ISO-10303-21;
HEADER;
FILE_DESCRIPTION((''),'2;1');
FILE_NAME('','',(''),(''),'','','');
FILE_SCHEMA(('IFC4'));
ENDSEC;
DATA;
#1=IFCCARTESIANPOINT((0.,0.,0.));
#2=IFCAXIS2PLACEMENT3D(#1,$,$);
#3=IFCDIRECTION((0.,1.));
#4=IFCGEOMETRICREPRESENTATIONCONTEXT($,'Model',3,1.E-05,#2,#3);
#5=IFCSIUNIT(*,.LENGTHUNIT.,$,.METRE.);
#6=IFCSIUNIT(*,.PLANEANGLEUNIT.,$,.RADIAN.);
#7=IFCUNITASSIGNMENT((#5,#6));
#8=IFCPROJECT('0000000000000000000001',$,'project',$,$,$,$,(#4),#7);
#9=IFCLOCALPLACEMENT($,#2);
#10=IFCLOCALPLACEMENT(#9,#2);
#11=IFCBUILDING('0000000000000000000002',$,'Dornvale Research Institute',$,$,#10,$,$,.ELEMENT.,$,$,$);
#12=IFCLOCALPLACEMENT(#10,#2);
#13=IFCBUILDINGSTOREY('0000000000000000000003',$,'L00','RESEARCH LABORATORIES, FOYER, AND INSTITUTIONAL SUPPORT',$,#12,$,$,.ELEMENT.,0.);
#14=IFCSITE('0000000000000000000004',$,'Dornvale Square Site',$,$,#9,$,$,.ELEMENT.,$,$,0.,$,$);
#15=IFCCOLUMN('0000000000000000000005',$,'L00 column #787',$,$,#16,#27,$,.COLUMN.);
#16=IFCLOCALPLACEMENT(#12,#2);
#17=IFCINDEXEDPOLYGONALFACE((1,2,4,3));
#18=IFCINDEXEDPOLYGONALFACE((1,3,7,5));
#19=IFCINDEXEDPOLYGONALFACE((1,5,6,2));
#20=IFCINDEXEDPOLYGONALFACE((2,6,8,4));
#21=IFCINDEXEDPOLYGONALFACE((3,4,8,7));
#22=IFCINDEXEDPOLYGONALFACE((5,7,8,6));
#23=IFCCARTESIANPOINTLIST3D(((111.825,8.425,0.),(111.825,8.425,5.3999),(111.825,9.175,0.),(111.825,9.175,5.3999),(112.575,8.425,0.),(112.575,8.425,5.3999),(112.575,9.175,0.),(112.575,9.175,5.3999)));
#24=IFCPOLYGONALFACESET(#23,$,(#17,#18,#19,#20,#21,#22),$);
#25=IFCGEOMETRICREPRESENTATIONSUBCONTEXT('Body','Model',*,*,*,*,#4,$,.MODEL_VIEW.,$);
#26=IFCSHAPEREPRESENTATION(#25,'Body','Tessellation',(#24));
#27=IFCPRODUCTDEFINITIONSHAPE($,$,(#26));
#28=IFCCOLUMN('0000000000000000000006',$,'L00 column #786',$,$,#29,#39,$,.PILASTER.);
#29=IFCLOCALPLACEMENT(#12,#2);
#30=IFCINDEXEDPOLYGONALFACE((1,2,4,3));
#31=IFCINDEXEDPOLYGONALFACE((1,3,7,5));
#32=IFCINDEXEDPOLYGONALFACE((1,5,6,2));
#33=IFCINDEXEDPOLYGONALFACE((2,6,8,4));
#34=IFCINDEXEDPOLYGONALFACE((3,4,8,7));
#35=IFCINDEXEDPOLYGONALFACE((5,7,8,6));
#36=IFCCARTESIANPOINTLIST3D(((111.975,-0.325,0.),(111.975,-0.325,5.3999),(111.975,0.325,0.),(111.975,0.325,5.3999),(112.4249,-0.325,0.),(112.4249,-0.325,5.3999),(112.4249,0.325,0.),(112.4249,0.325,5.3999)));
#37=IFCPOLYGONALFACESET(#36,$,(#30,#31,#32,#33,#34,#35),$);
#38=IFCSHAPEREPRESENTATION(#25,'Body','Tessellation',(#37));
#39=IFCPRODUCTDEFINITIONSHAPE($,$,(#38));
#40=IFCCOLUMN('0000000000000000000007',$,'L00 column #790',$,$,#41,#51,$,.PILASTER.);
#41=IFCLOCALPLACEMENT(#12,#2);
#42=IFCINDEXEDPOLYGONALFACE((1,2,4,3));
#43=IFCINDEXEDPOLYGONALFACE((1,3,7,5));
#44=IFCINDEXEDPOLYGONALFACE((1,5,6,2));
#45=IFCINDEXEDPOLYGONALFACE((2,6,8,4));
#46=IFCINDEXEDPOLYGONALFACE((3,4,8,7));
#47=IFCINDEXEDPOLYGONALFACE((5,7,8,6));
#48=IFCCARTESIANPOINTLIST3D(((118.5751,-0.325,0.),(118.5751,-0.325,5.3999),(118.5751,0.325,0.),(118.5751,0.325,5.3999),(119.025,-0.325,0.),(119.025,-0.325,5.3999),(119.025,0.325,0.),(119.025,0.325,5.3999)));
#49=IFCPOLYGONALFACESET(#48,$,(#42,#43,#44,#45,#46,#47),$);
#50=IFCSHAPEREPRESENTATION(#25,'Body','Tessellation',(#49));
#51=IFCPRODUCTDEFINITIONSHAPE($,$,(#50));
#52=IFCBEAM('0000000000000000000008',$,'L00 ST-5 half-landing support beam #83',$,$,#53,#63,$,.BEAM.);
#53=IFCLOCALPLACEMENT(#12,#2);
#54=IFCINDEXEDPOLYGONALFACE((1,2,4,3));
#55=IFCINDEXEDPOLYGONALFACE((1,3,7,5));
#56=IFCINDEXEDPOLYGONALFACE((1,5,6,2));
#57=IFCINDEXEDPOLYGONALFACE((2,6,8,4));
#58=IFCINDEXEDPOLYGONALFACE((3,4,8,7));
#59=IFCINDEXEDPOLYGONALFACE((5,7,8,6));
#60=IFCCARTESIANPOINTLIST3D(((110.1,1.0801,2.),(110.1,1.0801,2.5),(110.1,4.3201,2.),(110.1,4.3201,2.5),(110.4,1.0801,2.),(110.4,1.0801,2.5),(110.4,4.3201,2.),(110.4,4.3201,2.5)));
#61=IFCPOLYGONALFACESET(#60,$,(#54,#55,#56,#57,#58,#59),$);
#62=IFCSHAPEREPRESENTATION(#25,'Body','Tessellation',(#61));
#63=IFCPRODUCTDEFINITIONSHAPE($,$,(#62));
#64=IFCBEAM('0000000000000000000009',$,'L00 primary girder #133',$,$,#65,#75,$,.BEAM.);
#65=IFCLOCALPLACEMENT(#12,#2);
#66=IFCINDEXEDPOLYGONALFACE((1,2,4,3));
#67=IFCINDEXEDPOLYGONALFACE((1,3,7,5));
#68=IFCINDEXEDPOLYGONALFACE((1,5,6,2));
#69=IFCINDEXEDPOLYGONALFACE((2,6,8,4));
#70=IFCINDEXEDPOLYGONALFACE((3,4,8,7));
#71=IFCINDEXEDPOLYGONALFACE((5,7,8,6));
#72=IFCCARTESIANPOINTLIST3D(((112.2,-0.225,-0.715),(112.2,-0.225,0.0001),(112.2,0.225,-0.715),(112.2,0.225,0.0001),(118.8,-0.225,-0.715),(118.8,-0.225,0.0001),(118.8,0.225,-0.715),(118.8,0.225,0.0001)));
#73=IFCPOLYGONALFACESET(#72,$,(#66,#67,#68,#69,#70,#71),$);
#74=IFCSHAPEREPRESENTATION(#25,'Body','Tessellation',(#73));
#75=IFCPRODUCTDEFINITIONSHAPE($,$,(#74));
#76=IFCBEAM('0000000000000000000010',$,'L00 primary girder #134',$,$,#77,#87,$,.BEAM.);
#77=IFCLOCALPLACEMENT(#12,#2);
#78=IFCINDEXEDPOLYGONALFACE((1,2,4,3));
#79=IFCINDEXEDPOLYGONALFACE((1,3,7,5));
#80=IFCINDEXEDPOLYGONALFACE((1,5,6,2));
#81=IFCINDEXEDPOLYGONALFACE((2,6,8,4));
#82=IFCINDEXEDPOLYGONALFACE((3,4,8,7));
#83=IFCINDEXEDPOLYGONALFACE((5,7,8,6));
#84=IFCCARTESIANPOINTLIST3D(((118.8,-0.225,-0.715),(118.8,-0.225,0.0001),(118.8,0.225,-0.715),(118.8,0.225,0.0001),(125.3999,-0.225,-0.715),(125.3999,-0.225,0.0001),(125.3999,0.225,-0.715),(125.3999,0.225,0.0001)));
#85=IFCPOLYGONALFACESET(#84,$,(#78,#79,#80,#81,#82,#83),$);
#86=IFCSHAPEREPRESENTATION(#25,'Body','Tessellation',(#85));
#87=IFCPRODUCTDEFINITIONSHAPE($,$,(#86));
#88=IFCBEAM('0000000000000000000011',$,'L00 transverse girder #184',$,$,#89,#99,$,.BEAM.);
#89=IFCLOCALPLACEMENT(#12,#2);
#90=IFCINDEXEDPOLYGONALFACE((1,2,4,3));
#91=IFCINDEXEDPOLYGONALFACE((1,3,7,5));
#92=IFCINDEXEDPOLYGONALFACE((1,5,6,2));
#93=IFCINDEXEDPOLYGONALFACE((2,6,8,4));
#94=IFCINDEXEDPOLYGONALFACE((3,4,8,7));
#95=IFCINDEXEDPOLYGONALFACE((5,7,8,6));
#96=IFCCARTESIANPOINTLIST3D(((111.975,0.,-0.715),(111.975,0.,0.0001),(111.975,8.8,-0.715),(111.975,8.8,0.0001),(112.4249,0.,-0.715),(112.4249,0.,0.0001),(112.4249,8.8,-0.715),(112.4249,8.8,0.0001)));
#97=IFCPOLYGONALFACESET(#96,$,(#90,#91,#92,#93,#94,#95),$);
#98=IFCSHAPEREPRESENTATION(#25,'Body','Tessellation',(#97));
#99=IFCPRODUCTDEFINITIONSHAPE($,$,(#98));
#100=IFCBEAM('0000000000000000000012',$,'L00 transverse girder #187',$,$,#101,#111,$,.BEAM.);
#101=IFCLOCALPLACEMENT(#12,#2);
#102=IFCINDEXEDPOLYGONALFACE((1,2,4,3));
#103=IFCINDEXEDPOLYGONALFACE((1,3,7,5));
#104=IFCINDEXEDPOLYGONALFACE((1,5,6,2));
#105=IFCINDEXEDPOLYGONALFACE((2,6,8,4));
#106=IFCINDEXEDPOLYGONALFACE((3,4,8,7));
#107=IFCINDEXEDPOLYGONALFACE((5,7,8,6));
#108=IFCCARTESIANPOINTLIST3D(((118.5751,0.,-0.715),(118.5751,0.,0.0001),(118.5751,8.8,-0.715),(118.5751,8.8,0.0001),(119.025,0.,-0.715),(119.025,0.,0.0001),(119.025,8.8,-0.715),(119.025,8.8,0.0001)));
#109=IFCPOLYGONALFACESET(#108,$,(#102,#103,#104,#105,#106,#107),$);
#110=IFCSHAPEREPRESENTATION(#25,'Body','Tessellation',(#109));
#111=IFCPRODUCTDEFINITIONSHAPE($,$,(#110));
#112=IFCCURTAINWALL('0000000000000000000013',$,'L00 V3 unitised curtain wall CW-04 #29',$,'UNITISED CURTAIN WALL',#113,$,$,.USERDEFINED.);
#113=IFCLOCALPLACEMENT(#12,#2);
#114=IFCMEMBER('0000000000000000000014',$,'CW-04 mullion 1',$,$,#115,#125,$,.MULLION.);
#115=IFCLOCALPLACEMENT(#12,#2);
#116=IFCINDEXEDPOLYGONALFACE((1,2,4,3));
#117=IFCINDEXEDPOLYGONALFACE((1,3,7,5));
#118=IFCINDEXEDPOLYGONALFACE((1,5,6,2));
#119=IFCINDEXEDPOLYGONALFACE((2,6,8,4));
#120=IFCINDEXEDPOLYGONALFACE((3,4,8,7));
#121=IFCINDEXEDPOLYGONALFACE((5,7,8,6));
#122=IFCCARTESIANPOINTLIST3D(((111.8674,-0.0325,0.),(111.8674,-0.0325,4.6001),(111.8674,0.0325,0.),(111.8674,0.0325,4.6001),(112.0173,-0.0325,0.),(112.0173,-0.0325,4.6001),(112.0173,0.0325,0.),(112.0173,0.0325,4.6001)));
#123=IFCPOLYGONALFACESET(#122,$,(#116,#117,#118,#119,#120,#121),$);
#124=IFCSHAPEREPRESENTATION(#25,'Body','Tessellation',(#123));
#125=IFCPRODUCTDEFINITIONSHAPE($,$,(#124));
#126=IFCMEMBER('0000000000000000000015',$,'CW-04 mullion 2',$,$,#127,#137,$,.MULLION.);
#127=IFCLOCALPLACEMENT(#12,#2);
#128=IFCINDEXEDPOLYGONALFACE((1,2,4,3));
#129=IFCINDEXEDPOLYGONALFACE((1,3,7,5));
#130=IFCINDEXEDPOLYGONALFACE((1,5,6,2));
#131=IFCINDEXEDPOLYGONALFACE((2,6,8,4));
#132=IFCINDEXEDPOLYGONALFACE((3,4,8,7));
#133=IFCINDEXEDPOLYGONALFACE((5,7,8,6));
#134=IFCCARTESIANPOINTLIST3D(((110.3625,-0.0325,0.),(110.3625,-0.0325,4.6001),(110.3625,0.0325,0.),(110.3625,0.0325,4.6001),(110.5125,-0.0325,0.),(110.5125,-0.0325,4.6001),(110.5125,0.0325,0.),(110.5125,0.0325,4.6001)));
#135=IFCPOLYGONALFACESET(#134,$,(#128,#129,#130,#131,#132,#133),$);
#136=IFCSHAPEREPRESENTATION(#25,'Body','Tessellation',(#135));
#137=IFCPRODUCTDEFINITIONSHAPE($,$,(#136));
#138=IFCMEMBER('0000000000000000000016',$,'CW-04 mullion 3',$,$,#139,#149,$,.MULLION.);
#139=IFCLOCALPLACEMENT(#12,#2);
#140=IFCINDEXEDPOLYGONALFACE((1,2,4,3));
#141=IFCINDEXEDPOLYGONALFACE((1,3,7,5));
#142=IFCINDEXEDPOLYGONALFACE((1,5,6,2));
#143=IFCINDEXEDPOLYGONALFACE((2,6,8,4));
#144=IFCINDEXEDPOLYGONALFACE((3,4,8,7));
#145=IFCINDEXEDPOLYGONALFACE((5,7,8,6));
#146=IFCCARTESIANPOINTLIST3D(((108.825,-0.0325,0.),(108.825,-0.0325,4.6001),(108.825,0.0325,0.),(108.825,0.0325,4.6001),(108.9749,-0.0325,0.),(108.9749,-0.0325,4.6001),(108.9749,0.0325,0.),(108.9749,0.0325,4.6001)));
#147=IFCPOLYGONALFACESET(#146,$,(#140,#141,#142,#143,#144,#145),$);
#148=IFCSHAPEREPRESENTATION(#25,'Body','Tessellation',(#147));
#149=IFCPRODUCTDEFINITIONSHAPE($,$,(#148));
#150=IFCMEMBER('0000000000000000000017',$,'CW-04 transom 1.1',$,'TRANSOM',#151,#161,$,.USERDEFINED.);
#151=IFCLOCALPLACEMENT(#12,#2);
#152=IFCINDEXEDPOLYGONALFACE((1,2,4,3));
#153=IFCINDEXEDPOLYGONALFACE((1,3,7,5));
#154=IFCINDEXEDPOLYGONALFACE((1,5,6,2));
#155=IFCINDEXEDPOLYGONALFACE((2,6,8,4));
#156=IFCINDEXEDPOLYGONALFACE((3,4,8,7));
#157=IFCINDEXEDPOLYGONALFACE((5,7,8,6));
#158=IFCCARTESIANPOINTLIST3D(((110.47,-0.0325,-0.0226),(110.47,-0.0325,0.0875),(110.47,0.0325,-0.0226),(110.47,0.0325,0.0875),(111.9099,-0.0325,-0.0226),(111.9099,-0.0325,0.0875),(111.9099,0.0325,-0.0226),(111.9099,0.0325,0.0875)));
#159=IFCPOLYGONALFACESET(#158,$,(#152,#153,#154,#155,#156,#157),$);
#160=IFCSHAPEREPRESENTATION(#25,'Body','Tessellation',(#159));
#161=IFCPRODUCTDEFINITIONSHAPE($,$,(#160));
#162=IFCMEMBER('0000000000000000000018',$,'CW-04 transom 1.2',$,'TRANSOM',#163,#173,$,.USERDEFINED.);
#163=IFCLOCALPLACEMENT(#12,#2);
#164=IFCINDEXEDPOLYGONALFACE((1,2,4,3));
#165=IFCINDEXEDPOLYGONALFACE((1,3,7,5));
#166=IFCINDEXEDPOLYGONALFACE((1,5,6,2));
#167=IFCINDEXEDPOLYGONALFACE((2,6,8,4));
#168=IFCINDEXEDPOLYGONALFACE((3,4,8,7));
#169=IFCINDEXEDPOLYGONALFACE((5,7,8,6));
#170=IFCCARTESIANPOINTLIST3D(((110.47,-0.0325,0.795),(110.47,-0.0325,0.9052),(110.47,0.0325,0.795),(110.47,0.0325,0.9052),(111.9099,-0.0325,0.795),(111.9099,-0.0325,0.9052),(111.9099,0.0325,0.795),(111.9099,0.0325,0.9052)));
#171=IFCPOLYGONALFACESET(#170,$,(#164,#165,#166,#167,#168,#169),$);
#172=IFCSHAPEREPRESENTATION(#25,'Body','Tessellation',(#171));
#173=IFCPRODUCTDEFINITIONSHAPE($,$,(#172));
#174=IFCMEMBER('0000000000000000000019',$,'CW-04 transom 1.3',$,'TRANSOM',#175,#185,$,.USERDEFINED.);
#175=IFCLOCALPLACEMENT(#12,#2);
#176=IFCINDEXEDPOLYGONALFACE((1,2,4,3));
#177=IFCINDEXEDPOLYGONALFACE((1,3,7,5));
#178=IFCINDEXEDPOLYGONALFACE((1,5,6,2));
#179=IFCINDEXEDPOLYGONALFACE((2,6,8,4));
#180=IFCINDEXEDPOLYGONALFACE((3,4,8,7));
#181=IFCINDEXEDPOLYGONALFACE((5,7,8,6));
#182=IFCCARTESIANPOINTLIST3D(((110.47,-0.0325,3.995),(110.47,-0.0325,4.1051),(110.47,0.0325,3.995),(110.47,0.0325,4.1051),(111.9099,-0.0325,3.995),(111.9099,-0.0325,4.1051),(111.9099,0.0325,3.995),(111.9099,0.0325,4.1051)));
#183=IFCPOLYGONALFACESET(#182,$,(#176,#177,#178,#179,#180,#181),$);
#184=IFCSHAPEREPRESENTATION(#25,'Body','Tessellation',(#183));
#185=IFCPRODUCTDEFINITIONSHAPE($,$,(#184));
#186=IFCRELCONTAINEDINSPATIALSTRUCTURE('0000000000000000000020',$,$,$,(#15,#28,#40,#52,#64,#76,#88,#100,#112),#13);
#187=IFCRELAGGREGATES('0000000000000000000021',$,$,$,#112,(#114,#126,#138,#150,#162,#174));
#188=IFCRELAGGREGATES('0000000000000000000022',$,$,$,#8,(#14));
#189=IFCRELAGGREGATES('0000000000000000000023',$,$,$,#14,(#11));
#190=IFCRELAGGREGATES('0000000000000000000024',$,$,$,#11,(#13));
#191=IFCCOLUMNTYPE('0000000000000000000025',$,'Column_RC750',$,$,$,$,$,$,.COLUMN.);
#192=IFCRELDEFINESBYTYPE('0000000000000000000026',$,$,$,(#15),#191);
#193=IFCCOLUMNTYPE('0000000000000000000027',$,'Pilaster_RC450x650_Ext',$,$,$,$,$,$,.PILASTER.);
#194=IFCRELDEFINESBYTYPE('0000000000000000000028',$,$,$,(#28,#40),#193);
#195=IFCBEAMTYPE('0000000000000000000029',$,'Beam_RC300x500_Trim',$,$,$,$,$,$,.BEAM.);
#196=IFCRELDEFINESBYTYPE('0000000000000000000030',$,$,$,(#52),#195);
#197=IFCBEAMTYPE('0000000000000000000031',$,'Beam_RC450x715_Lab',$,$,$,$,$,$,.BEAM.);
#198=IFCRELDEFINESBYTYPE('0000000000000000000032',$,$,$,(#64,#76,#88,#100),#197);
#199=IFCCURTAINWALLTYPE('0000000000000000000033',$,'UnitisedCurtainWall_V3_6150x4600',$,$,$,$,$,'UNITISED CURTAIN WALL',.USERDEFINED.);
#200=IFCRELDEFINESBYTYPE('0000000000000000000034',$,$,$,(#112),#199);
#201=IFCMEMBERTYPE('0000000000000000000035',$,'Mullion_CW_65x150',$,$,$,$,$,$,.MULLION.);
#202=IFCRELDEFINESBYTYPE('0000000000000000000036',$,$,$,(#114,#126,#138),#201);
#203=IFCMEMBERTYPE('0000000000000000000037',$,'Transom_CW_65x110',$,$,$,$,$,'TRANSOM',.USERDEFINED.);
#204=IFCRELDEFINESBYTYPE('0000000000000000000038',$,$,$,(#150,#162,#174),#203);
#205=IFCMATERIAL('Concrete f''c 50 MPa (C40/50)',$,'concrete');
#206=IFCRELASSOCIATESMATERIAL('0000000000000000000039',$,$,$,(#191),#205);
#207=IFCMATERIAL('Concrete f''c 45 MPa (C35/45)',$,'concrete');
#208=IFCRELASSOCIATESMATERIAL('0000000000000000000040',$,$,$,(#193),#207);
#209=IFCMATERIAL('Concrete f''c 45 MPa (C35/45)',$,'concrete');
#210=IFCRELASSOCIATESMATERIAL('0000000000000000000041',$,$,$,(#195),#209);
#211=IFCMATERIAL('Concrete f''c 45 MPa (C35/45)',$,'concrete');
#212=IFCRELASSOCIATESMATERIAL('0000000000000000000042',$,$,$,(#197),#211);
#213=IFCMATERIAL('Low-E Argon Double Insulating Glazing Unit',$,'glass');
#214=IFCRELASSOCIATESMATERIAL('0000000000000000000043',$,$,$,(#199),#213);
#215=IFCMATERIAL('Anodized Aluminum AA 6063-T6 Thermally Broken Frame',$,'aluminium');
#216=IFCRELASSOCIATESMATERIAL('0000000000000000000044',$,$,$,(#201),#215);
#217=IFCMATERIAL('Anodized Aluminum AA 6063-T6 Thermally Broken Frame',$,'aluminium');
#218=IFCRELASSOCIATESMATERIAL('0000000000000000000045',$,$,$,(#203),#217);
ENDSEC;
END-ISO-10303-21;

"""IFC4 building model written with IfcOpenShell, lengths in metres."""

from ifc_helpers import new_model, si_unit, direction, frame, origin, origin_2d, place, context, subcontext, project, spatial, rectangle, extrude, material, material_profile, profile_set, type_object, element, aggregate, save


model = new_model("IFC4")

# Units and contexts
model_context = context("Model", 3, precision=1e-05, world=origin(), true_north=direction((0.0, 1.0)))
body_context = subcontext(model_context, "Body", "Model", "MODEL_VIEW")
ifc_project = project(units=[si_unit("LENGTHUNIT", "METRE"), si_unit("PLANEANGLEUNIT", "RADIAN")], contexts=[model_context])

# Site, building, storey
site_placement = place(None, origin())
site = spatial("IfcSite", under=ifc_project, at=site_placement, Name="Dornvale Square Site", CompositionType="ELEMENT", RefElevation=0.0)
building_placement = place(site_placement, origin())
building = spatial("IfcBuilding", under=site, at=building_placement, Name="Dornvale Research Institute", CompositionType="ELEMENT")
storey_placement = place(building_placement, origin())
storey = spatial("IfcBuildingStorey", under=building, at=storey_placement, Name="L00", Description="RESEARCH LABORATORIES, FOYER, AND INSTITUTIONAL SUPPORT", CompositionType="ELEMENT", Elevation=0.0)

# Columns
ifc_material_1 = material(Name="Concrete f'c 50 MPa (C40/50)", Category="concrete")
ifc_material_profile_1 = material_profile(ifc_material_1, rectangle(XDim=0.75, YDim=0.75, at=origin_2d()), Name="RC 750x750")
ifc_profile_set_1 = profile_set([ifc_material_profile_1], Name="Concrete f'c 50 MPa (C40/50)")
column_type_1 = type_object("IfcColumnType", Name="Column_RC750", PredefinedType="COLUMN", material=ifc_profile_set_1)
column_placement = place(storey_placement, frame((112.2, 8.8, 0.0), z_axis=(0.0, 0.0, 1.0), x_axis=(1.0, 0.0, 0.0)))
element("IfcColumn", 1, at=column_placement, inside=storey, type_object=column_type_1, Name="L00 column #787", PredefinedType="COLUMN", context=body_context, shape_type="SweptSolid", body=[
    extrude(rectangle(XDim=0.75, YDim=0.75, at=origin_2d()), origin(), (0.0, 0.0, 1.0), 5.3999),
])
ifc_material_2 = material(Name="Concrete f'c 45 MPa (C35/45)", Category="concrete")
ifc_material_profile_2 = material_profile(ifc_material_2, rectangle(XDim=0.45, YDim=0.6499, at=origin_2d()), Name="RC 450x650")
ifc_profile_set_2 = profile_set([ifc_material_profile_2], Name="Concrete f'c 45 MPa (C35/45)")
column_type_2 = type_object("IfcColumnType", Name="Pilaster_RC450x650_Ext", PredefinedType="PILASTER", material=ifc_profile_set_2)
for number, where, z_axis, x_axis, name in (
    (2, (112.2, 0.0, 0.0), (0.0, 0.0, 1.0), (1.0, 0.0, 0.0), "L00 column #786"),
    (3, (118.8, 0.0, 0.0), (0.0, 0.0, 1.0), (1.0, 0.0, 0.0), "L00 column #790"),
):
    element("IfcColumn", number, at=place(storey_placement, frame(where, z_axis=z_axis, x_axis=x_axis)), inside=storey, type_object=column_type_2, Name=name, PredefinedType="PILASTER", context=body_context, shape_type="SweptSolid", body=[
        extrude(rectangle(XDim=0.45, YDim=0.6499, at=origin_2d()), origin(), (0.0, 0.0, 1.0), 5.3999),
    ])

# Beams
ifc_material_3 = material(Name="Concrete f'c 45 MPa (C35/45)", Category="concrete")
ifc_material_profile_3 = material_profile(ifc_material_3, rectangle(XDim=0.3, YDim=0.5, at=origin_2d()), Name="RC 300x500")
ifc_profile_set_3 = profile_set([ifc_material_profile_3], Name="Concrete f'c 45 MPa (C35/45)")
beam_type_1 = type_object("IfcBeamType", Name="Beam_RC300x500_Trim", PredefinedType="BEAM", material=ifc_profile_set_3)
beam_1_placement = place(storey_placement, frame((110.25, 1.0801, 2.25), z_axis=(0.0, 1.0, 0.0), x_axis=(-1.0, 0.0, 0.0)))
element("IfcBeam", 4, at=beam_1_placement, inside=storey, type_object=beam_type_1, Name="L00 ST-5 half-landing support beam #83", PredefinedType="BEAM", context=body_context, shape_type="SweptSolid", body=[
    extrude(rectangle(XDim=0.3, YDim=0.5, at=origin_2d()), origin(), (0.0, 0.0, 1.0), 3.24),
])
ifc_material_4 = material(Name="Concrete f'c 45 MPa (C35/45)", Category="concrete")
ifc_material_profile_4 = material_profile(ifc_material_4, rectangle(XDim=0.45, YDim=0.7151, at=origin_2d()), Name="RC 450x715")
ifc_profile_set_4 = profile_set([ifc_material_profile_4], Name="Concrete f'c 45 MPa (C35/45)")
beam_type_2 = type_object("IfcBeamType", Name="Beam_RC450x715_Lab", PredefinedType="BEAM", material=ifc_profile_set_4)
beam_2_placement = place(storey_placement, frame((112.2, 0.0, -0.3574), z_axis=(1.0, 0.0, 0.0), x_axis=(0.0, 1.0, 0.0)))
element("IfcBeam", 5, at=beam_2_placement, inside=storey, type_object=beam_type_2, Name="L00 primary girder #133", PredefinedType="BEAM", context=body_context, shape_type="SweptSolid", body=[
    extrude(rectangle(XDim=0.45, YDim=0.7151, at=origin_2d()), origin(), (0.0, 0.0, 1.0), 6.6001),
])
beam_3_placement = place(storey_placement, frame((118.8, 0.0, -0.3574), z_axis=(1.0, 0.0, 0.0), x_axis=(0.0, 1.0, 0.0)))
element("IfcBeam", 6, at=beam_3_placement, inside=storey, type_object=beam_type_2, Name="L00 primary girder #134", PredefinedType="BEAM", context=body_context, shape_type="SweptSolid", body=[
    extrude(rectangle(XDim=0.45, YDim=0.7151, at=origin_2d()), origin(), (0.0, 0.0, 1.0), 6.5999),
])
for number, where, z_axis, x_axis, name in (
    (7, (112.2, 0.0, -0.3574), (0.0, 1.0, 0.0), (-1.0, 0.0, 0.0), "L00 transverse girder #184"),
    (8, (118.8, 0.0, -0.3574), (0.0, 1.0, 0.0), (-1.0, 0.0, 0.0), "L00 transverse girder #187"),
):
    element("IfcBeam", number, at=place(storey_placement, frame(where, z_axis=z_axis, x_axis=x_axis)), inside=storey, type_object=beam_type_2, Name=name, PredefinedType="BEAM", context=body_context, shape_type="SweptSolid", body=[
        extrude(rectangle(XDim=0.45, YDim=0.7151, at=origin_2d()), origin(), (0.0, 0.0, 1.0), 8.8),
    ])

# Curtain wall, members
ifc_material_5 = material(Name="Low-E Argon Double Insulating Glazing Unit", Category="glass")
curtain_wall_type = type_object("IfcCurtainWallType", Name="UnitisedCurtainWall_V3_6150x4600", ElementType="UNITISED CURTAIN WALL", PredefinedType="USERDEFINED", material=ifc_material_5)
curtain_wall_placement = place(storey_placement, origin())
curtain_wall = element("IfcCurtainWall", 9, at=curtain_wall_placement, inside=storey, type_object=curtain_wall_type, Name="L00 V3 unitised curtain wall CW-04 #29", ObjectType="UNITISED CURTAIN WALL", PredefinedType="USERDEFINED")
ifc_material_6 = material(Name="Anodized Aluminum AA 6063-T6 Thermally Broken Frame", Category="aluminium")
ifc_material_profile_5 = material_profile(ifc_material_6, rectangle(XDim=0.0649, YDim=0.1499, at=origin_2d()), Name="ALU MULLION 65x150")
ifc_profile_set_5 = profile_set([ifc_material_profile_5], Name="Anodized Aluminum AA 6063-T6 Thermally Broken Frame")
member_type_1 = type_object("IfcMemberType", Name="Mullion_CW_65x150", PredefinedType="MULLION", material=ifc_profile_set_5)
member_1_placement = place(storey_placement, frame((111.9424, 0.0, 0.0), z_axis=(0.0, 0.0, 1.0), x_axis=(0.0, -1.0, 0.0)))
member_1 = element("IfcMember", 10, at=member_1_placement, type_object=member_type_1, Name="CW-04 mullion 1", PredefinedType="MULLION", context=body_context, shape_type="SweptSolid", body=[
    extrude(rectangle(XDim=0.0649, YDim=0.1499, at=origin_2d()), origin(), (0.0, 0.0, 1.0), 4.6001),
])
member_2_placement = place(storey_placement, frame((110.4375, 0.0, 0.0), z_axis=(0.0, 0.0, 1.0), x_axis=(0.0, -1.0, 0.0)))
member_2 = element("IfcMember", 11, at=member_2_placement, type_object=member_type_1, Name="CW-04 mullion 2", PredefinedType="MULLION", context=body_context, shape_type="SweptSolid", body=[
    extrude(rectangle(XDim=0.0649, YDim=0.1499, at=origin_2d()), origin(), (0.0, 0.0, 1.0), 4.6001),
])
member_3_placement = place(storey_placement, frame((108.8999, 0.0, 0.0), z_axis=(0.0, 0.0, 1.0), x_axis=(0.0, -1.0, 0.0)))
member_3 = element("IfcMember", 12, at=member_3_placement, type_object=member_type_1, Name="CW-04 mullion 3", PredefinedType="MULLION", context=body_context, shape_type="SweptSolid", body=[
    extrude(rectangle(XDim=0.0649, YDim=0.1499, at=origin_2d()), origin(), (0.0, 0.0, 1.0), 4.6001),
])
ifc_material_7 = material(Name="Anodized Aluminum AA 6063-T6 Thermally Broken Frame", Category="aluminium")
ifc_material_profile_6 = material_profile(ifc_material_7, rectangle(XDim=0.0649, YDim=0.1101, at=origin_2d()), Name="ALU TRANSOM 65x110")
ifc_profile_set_6 = profile_set([ifc_material_profile_6], Name="Anodized Aluminum AA 6063-T6 Thermally Broken Frame")
member_type_2 = type_object("IfcMemberType", Name="Transom_CW_65x110", ElementType="TRANSOM", PredefinedType="USERDEFINED", material=ifc_profile_set_6)
member_4_placement = place(storey_placement, frame((111.9099, 0.0, 0.0325), z_axis=(-1.0, 0.0, 0.0), x_axis=(0.0, -1.0, 0.0)))
member_4 = element("IfcMember", 13, at=member_4_placement, type_object=member_type_2, Name="CW-04 transom 1.1", ObjectType="TRANSOM", PredefinedType="USERDEFINED", context=body_context, shape_type="SweptSolid", body=[
    extrude(rectangle(XDim=0.0649, YDim=0.1101, at=origin_2d()), origin(), (0.0, 0.0, 1.0), 1.4399),
])
member_5_placement = place(storey_placement, frame((111.9099, 0.0, 0.8501), z_axis=(-1.0, 0.0, 0.0), x_axis=(0.0, -1.0, 0.0)))
member_5 = element("IfcMember", 14, at=member_5_placement, type_object=member_type_2, Name="CW-04 transom 1.2", ObjectType="TRANSOM", PredefinedType="USERDEFINED", context=body_context, shape_type="SweptSolid", body=[
    extrude(rectangle(XDim=0.0649, YDim=0.1101, at=origin_2d()), origin(), (0.0, 0.0, 1.0), 1.4399),
])
member_6_placement = place(storey_placement, frame((111.9099, 0.0, 4.05), z_axis=(-1.0, 0.0, 0.0), x_axis=(0.0, -1.0, 0.0)))
member_6 = element("IfcMember", 15, at=member_6_placement, type_object=member_type_2, Name="CW-04 transom 1.3", ObjectType="TRANSOM", PredefinedType="USERDEFINED", context=body_context, shape_type="SweptSolid", body=[
    extrude(rectangle(XDim=0.0649, YDim=0.1101, at=origin_2d()), origin(), (0.0, 0.0, 1.0), 1.4399),
])
aggregate(curtain_wall, [member_1, member_2, member_3, member_4, member_5, member_6])

save(model, "model.ifc")
